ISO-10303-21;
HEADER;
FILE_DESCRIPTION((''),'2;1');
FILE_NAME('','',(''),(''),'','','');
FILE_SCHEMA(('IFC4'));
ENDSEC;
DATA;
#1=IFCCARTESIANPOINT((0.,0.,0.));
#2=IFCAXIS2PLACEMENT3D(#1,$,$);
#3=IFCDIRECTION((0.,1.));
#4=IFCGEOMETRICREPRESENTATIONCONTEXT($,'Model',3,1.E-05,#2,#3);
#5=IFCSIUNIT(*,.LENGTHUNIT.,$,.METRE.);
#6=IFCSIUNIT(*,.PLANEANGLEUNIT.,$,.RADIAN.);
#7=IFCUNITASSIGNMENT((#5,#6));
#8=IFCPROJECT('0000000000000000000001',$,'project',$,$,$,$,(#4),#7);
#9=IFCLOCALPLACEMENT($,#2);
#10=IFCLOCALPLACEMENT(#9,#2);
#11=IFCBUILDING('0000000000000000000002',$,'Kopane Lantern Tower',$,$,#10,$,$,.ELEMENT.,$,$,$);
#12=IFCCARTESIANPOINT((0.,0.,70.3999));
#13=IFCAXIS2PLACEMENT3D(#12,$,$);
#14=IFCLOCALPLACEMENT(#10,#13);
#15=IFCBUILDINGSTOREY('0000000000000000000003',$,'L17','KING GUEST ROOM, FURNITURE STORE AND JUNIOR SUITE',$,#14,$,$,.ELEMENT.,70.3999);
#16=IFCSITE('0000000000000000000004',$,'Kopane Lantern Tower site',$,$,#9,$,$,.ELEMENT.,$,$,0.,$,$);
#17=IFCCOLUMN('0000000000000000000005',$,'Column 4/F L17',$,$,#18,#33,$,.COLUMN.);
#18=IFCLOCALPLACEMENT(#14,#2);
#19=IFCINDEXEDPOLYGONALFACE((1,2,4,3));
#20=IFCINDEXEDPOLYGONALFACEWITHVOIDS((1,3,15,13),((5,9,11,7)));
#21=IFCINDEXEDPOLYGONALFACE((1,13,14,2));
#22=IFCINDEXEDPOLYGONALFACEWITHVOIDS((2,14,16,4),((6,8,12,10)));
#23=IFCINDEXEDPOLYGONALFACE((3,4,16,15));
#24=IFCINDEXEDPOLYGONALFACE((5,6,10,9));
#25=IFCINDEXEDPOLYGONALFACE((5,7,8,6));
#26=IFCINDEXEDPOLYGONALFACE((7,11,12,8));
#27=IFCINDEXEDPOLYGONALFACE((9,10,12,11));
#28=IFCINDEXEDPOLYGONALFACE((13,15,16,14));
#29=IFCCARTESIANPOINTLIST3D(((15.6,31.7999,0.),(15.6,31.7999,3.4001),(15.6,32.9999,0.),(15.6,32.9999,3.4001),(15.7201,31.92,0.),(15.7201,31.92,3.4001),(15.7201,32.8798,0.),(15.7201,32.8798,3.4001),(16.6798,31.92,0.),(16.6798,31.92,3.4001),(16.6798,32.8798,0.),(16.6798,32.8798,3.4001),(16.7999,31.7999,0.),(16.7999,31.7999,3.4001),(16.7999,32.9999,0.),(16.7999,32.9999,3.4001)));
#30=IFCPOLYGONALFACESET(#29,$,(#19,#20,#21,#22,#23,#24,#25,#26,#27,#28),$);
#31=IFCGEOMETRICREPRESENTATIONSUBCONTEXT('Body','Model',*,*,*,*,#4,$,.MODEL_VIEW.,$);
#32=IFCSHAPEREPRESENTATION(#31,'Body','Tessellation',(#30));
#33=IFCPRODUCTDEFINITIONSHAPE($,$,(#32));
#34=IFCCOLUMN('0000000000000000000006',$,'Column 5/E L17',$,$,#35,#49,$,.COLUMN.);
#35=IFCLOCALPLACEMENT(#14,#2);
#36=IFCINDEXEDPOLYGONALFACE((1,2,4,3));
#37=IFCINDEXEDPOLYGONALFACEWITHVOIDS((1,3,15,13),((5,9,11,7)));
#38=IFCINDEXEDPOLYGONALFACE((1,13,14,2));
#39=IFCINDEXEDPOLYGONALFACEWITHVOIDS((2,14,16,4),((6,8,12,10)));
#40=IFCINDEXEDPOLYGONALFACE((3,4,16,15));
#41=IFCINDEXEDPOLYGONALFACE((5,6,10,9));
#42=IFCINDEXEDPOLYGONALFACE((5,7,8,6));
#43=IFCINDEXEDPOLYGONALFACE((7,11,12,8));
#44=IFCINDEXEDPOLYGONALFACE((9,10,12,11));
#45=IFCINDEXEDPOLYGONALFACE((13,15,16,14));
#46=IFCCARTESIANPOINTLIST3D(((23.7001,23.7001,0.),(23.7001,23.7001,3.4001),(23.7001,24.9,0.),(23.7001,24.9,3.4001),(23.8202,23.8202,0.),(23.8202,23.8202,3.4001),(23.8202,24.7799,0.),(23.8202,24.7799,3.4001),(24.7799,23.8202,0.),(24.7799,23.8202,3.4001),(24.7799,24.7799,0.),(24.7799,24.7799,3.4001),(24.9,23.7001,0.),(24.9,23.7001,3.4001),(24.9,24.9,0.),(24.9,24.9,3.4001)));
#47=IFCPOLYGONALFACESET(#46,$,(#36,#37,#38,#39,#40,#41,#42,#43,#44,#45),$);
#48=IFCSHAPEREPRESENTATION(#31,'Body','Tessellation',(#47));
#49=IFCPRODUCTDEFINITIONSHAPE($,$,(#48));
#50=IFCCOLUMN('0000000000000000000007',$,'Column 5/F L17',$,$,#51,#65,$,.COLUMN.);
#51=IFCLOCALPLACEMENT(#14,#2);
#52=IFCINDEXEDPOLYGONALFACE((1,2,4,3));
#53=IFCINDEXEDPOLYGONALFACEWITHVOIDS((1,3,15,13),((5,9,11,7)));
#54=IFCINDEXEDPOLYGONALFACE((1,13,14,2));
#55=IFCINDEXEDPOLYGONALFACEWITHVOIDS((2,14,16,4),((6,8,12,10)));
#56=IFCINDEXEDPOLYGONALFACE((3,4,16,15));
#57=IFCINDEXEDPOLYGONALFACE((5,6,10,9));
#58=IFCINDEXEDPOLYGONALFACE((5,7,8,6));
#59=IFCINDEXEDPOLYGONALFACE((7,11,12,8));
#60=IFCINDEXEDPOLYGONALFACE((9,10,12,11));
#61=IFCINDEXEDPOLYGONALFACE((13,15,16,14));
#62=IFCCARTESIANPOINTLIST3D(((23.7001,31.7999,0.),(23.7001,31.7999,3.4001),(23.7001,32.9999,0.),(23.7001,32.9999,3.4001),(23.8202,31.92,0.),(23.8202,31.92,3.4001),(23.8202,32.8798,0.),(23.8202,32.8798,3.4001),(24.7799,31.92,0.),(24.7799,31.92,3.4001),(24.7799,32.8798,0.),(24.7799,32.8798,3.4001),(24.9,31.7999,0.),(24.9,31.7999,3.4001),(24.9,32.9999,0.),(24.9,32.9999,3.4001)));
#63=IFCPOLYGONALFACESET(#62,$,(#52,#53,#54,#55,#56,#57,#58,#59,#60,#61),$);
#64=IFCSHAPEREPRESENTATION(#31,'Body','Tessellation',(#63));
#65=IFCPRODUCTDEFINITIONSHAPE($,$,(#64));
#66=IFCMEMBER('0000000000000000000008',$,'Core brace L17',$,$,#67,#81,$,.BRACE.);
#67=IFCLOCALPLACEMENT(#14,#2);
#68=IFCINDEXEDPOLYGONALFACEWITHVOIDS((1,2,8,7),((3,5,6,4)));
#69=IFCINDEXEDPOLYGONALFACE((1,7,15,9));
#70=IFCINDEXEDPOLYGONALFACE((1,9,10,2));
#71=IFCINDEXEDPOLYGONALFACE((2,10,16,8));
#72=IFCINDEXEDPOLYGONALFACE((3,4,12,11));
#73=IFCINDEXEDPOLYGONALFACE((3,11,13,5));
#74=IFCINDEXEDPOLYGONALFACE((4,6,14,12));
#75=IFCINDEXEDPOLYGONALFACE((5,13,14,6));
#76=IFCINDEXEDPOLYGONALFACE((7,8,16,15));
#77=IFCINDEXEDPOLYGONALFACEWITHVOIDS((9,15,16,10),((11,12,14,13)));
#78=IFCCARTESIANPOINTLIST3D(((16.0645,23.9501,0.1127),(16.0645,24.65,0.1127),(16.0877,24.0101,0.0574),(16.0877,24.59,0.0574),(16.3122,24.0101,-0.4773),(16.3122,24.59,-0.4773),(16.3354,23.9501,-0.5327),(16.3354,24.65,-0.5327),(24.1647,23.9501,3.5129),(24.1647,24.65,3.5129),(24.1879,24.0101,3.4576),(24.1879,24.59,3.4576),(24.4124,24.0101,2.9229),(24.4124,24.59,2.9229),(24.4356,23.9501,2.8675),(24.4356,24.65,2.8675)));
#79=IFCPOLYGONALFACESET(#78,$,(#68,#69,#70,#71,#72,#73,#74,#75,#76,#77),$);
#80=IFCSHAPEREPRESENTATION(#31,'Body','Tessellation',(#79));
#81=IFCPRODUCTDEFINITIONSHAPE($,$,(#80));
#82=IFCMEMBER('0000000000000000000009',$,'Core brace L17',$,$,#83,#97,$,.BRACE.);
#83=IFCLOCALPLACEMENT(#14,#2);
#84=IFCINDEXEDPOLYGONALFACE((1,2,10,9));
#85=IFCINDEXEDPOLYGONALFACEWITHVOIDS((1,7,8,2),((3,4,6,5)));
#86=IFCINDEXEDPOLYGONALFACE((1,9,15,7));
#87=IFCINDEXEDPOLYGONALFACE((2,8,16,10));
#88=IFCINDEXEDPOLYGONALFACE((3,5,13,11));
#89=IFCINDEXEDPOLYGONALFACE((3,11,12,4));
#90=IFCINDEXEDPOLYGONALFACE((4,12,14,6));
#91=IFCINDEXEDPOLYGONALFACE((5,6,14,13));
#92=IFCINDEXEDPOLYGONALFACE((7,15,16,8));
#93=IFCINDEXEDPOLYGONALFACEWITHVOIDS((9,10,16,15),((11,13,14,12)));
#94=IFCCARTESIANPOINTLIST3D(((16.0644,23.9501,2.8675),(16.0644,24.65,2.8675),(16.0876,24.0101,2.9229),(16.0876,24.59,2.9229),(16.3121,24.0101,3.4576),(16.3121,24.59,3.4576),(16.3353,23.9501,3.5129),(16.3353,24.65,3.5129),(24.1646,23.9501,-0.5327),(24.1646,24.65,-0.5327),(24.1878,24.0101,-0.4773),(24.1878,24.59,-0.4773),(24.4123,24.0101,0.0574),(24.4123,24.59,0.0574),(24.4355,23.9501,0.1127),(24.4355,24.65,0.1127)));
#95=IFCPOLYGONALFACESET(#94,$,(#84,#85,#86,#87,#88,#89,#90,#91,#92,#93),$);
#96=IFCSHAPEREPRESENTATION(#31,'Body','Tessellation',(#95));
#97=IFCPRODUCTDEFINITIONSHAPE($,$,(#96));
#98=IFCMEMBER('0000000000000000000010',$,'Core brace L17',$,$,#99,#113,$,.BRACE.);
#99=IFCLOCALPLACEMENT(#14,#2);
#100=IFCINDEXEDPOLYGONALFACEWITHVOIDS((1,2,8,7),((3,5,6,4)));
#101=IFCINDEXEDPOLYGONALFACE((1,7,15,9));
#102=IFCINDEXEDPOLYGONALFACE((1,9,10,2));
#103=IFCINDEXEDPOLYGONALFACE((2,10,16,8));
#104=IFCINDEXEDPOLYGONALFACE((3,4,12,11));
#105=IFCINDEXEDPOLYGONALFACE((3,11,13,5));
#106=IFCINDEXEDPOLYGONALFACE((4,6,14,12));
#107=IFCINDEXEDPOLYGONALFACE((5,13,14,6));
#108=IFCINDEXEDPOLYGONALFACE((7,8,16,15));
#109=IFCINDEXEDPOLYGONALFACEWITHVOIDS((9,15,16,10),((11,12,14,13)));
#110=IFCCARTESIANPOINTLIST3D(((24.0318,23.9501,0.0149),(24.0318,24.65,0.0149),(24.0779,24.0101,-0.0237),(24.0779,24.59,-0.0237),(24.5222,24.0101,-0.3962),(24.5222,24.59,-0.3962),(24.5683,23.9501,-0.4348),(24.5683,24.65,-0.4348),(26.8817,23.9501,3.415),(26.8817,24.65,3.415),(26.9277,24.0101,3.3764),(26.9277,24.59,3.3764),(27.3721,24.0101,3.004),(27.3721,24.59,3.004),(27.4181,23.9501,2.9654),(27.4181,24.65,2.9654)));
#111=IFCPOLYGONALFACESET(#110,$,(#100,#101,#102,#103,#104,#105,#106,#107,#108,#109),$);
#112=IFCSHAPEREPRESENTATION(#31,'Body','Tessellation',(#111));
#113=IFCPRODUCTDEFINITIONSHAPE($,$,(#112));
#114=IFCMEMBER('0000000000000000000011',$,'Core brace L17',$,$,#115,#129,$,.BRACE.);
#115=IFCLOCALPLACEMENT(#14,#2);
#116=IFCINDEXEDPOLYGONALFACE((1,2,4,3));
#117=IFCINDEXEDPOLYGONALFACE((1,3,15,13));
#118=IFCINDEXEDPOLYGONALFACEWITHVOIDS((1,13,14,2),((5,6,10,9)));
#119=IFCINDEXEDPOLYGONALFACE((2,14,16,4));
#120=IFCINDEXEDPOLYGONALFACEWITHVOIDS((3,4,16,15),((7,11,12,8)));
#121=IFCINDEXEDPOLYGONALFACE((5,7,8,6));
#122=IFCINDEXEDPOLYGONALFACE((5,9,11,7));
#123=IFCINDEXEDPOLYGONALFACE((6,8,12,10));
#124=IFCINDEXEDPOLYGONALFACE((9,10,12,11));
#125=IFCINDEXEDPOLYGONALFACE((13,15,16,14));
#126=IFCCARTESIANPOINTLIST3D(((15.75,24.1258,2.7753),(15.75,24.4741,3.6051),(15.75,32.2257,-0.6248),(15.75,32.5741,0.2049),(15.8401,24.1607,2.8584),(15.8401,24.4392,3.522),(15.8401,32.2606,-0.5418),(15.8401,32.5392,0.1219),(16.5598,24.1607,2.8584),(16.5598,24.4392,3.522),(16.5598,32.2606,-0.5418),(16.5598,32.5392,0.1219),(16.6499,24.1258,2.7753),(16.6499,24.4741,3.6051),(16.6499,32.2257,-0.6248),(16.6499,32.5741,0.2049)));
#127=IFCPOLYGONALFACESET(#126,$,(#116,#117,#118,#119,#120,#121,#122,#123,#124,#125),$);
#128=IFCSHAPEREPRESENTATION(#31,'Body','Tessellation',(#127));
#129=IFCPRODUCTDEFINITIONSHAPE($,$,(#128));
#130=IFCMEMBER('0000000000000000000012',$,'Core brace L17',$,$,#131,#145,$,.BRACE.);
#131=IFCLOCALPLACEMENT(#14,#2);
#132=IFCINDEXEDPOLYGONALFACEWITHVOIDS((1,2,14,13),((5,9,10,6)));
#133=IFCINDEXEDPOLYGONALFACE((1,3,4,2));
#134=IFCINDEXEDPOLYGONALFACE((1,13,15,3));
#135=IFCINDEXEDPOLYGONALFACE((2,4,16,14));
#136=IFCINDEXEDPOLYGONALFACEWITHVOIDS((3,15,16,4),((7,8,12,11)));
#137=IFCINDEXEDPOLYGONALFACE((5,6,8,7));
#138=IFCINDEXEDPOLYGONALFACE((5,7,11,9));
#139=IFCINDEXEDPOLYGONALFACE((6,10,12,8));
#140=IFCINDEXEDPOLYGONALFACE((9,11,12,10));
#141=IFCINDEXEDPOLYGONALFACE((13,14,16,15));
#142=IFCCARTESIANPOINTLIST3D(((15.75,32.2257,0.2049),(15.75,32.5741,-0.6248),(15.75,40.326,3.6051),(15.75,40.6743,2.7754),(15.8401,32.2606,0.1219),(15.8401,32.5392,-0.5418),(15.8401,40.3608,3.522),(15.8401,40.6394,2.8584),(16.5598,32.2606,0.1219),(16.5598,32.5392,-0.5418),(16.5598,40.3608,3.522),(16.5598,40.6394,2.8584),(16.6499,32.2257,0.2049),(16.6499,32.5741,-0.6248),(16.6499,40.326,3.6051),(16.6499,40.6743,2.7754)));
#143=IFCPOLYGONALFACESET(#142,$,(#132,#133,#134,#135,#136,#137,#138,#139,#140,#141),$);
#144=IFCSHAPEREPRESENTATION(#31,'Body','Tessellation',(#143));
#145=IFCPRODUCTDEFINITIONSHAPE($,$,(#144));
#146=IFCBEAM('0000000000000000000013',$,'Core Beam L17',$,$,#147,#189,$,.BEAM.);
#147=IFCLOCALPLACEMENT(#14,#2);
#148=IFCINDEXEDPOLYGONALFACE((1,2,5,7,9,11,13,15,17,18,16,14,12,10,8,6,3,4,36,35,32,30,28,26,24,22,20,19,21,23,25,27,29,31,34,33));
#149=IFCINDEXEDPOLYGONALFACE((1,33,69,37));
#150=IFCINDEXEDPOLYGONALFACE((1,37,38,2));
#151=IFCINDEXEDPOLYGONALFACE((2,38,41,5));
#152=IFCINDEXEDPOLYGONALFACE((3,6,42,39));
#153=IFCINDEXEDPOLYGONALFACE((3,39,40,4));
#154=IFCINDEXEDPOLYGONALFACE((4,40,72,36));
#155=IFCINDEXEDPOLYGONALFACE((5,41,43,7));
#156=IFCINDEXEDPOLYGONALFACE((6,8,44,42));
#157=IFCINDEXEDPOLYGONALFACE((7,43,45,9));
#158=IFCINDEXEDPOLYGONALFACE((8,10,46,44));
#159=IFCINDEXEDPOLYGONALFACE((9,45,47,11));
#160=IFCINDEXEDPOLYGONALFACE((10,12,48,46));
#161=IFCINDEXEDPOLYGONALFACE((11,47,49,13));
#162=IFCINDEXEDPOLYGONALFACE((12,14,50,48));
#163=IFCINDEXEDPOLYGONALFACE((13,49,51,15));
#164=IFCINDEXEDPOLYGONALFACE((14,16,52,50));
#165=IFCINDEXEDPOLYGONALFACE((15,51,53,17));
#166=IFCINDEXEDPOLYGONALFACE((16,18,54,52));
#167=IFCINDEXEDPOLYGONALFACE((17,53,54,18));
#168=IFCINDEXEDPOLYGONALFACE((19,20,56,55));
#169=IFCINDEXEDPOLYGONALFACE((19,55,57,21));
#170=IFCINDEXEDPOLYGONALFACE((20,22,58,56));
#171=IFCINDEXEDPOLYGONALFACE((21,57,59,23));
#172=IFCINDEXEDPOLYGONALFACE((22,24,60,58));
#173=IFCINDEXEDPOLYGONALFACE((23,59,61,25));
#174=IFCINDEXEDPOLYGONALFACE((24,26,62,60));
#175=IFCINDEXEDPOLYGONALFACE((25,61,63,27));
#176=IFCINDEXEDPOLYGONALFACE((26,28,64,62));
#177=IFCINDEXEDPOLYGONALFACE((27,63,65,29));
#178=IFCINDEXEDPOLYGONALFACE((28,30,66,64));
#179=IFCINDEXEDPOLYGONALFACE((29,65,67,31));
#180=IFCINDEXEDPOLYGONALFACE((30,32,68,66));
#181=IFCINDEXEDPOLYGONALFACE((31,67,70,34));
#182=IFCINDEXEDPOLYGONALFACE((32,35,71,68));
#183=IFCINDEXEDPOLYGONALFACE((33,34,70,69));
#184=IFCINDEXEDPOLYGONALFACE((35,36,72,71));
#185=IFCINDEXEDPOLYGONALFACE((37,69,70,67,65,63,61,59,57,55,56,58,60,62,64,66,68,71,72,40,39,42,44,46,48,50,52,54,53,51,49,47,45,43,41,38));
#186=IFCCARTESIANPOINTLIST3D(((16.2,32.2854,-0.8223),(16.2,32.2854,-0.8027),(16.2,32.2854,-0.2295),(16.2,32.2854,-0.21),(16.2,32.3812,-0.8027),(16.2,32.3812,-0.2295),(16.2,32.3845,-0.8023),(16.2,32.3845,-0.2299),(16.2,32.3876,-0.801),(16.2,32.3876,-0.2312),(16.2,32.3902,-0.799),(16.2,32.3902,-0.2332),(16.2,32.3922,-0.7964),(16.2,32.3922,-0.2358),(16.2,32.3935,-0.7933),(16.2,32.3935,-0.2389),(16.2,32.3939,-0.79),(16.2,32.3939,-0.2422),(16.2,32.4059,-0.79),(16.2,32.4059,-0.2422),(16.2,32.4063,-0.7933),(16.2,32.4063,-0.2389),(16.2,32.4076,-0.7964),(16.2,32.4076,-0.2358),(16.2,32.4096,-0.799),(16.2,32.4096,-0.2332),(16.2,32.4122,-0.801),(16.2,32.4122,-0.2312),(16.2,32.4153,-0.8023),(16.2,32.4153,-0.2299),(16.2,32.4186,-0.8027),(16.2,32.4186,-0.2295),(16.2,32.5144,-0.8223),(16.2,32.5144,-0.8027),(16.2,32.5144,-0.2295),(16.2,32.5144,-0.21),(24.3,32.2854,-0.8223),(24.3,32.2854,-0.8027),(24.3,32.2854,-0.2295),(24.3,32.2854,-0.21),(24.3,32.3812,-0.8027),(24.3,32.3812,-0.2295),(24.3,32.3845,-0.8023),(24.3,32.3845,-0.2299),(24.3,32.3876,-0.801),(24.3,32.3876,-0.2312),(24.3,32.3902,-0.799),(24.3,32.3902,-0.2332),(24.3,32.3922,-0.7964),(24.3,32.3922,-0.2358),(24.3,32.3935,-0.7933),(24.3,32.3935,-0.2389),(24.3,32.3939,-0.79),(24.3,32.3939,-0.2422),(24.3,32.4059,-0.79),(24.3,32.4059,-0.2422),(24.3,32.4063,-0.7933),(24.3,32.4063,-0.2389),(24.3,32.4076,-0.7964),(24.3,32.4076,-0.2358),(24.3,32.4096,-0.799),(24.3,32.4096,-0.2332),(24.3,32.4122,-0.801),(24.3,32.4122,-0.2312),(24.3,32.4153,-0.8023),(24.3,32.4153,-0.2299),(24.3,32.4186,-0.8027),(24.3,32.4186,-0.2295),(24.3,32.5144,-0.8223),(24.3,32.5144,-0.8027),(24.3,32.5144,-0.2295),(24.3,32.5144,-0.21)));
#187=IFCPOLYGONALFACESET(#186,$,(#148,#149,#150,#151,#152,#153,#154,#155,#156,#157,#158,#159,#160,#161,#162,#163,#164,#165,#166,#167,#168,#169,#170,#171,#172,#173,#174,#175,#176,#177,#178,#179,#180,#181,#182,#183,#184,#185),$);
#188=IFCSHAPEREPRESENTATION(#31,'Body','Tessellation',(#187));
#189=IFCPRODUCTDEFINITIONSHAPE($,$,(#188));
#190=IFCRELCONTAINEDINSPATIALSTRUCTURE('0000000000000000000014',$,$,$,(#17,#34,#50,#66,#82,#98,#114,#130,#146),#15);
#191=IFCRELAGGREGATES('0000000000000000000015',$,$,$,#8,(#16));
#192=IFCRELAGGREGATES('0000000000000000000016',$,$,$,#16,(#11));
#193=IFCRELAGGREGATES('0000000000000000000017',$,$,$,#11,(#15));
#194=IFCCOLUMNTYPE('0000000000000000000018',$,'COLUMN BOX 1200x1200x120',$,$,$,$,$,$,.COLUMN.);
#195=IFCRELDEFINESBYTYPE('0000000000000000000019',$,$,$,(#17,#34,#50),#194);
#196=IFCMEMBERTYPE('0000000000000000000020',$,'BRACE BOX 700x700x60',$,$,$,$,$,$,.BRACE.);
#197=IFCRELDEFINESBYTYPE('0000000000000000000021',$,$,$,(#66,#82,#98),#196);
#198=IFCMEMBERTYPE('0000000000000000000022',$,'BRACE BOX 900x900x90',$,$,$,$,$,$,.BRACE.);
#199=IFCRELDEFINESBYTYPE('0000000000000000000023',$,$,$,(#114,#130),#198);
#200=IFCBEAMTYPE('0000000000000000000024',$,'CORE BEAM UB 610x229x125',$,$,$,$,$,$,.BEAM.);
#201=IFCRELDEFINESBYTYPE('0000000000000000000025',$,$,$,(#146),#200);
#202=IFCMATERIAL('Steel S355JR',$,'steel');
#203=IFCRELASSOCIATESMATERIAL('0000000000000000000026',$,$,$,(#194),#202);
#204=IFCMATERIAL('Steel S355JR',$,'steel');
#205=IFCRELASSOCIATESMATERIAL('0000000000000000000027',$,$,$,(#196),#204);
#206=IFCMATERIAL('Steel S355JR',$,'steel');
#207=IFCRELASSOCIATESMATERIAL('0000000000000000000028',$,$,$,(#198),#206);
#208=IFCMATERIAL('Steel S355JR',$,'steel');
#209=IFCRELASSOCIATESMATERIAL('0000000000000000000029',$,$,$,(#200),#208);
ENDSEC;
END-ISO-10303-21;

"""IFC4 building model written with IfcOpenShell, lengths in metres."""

from ifc_helpers import new_model, si_unit, direction, frame, origin, origin_2d, place, context, subcontext, project, spatial, hollow_rectangle, i_section, extrude, material, material_profile, profile_set, type_object, element, save


model = new_model("IFC4")

# Units and contexts
model_context = context("Model", 3, precision=1e-05, world=origin(), true_north=direction((0.0, 1.0)))
body_context = subcontext(model_context, "Body", "Model", "MODEL_VIEW")
ifc_project = project(units=[si_unit("LENGTHUNIT", "METRE"), si_unit("PLANEANGLEUNIT", "RADIAN")], contexts=[model_context])

# Site, building, storey
site_placement = place(None, origin())
site = spatial("IfcSite", under=ifc_project, at=site_placement, Name="Kopane Lantern Tower site", CompositionType="ELEMENT", RefElevation=0.0)
building_placement = place(site_placement, origin())
building = spatial("IfcBuilding", under=site, at=building_placement, Name="Kopane Lantern Tower", CompositionType="ELEMENT")
storey_placement = place(building_placement, frame((0.0, 0.0, 70.3999)))
storey = spatial("IfcBuildingStorey", under=building, at=storey_placement, Name="L17", Description="KING GUEST ROOM, FURNITURE STORE AND JUNIOR SUITE", CompositionType="ELEMENT", Elevation=70.3999)

# Columns
ifc_material_1 = material(Name="Steel S355JR", Category="steel")
ifc_material_profile_1 = material_profile(ifc_material_1, hollow_rectangle(XDim=1.2, YDim=1.2, WallThickness=0.1201, at=origin_2d()), Name="BOX 1200x1200x120")
ifc_profile_set_1 = profile_set([ifc_material_profile_1], Name="Steel S355JR")
column_type = type_object("IfcColumnType", Name="COLUMN BOX 1200x1200x120", PredefinedType="COLUMN", material=ifc_profile_set_1)
for number, where, z_axis, x_axis, name in (
    (1, (16.2, 32.3999, 0.0), (0.0, 0.0, 1.0), (1.0, 0.0, 0.0), "Column 4/F L17"),
    (2, (24.3, 24.3, 0.0), (0.0, 0.0, 1.0), (1.0, 0.0, 0.0), "Column 5/E L17"),
    (3, (24.3, 32.3999, 0.0), (0.0, 0.0, 1.0), (1.0, 0.0, 0.0), "Column 5/F L17"),
):
    element("IfcColumn", number, at=place(storey_placement, frame(where, z_axis=z_axis, x_axis=x_axis)), inside=storey, type_object=column_type, Name=name, PredefinedType="COLUMN", context=body_context, shape_type="SweptSolid", body=[
        extrude(hollow_rectangle(XDim=1.2, YDim=1.2, WallThickness=0.1201, at=origin_2d()), origin(), (0.0, 0.0, 1.0), 3.4001),
    ])

# Members
ifc_material_2 = material(Name="Steel S355JR", Category="steel")
ifc_material_profile_2 = material_profile(ifc_material_2, hollow_rectangle(XDim=0.7, YDim=0.7, WallThickness=0.0601, at=origin_2d()), Name="BOX 700x700x60")
ifc_profile_set_2 = profile_set([ifc_material_profile_2], Name="Steel S355JR")
member_type_1 = type_object("IfcMemberType", Name="BRACE BOX 700x700x60", PredefinedType="BRACE", material=ifc_profile_set_2)
for number, where, z_axis, x_axis, name in (
    (4, (16.2, 24.3, -0.21), (0.922059, 0.0, 0.387049), (0.0, 1.0, 0.0), "Core brace L17"),
    (5, (24.3, 24.3, -0.21), (-0.922059, 0.0, 0.387049), (0.0, -1.0, 0.0), "Core brace L17"),
):
    element("IfcMember", number, at=place(storey_placement, frame(where, z_axis=z_axis, x_axis=x_axis)), inside=storey, type_object=member_type_1, Name=name, PredefinedType="BRACE", context=body_context, shape_type="SweptSolid", body=[
        extrude(hollow_rectangle(XDim=0.7, YDim=0.7, WallThickness=0.0601, at=origin_2d()), origin(), (0.0, 0.0, 1.0), 8.7849),
    ])
member_1_placement = place(storey_placement, frame((24.3, 24.3, -0.21), z_axis=(0.642363, 0.0, 0.7664), x_axis=(0.0, 1.0, 0.0)))
element("IfcMember", 6, at=member_1_placement, inside=storey, type_object=member_type_1, Name="Core brace L17", PredefinedType="BRACE", context=body_context, shape_type="SweptSolid", body=[
    extrude(hollow_rectangle(XDim=0.7, YDim=0.7, WallThickness=0.0601, at=origin_2d()), origin(), (0.0, 0.0, 1.0), 4.4365),
])
ifc_material_3 = material(Name="Steel S355JR", Category="steel")
ifc_material_profile_3 = material_profile(ifc_material_3, hollow_rectangle(XDim=0.8999, YDim=0.8999, WallThickness=0.0901, at=origin_2d()), Name="BOX 900x900x90")
ifc_profile_set_3 = profile_set([ifc_material_profile_3], Name="Steel S355JR")
member_type_2 = type_object("IfcMemberType", Name="BRACE BOX 900x900x90", PredefinedType="BRACE", material=ifc_profile_set_3)
member_2_placement = place(storey_placement, frame((16.2, 32.3999, -0.21), z_axis=(0.0, -0.922055, 0.387059), x_axis=(1.0, 0.0, 0.0)))
element("IfcMember", 7, at=member_2_placement, inside=storey, type_object=member_type_2, Name="Core brace L17", PredefinedType="BRACE", context=body_context, shape_type="SweptSolid", body=[
    extrude(hollow_rectangle(XDim=0.8999, YDim=0.8999, WallThickness=0.0901, at=origin_2d()), origin(), (0.0, 0.0, 1.0), 8.7847),
])
member_3_placement = place(storey_placement, frame((16.2, 32.3999, -0.21), z_axis=(0.0, 0.922059, 0.387049), x_axis=(-1.0, 0.0, 0.0)))
element("IfcMember", 8, at=member_3_placement, inside=storey, type_object=member_type_2, Name="Core brace L17", PredefinedType="BRACE", context=body_context, shape_type="SweptSolid", body=[
    extrude(hollow_rectangle(XDim=0.8999, YDim=0.8999, WallThickness=0.0901, at=origin_2d()), origin(), (0.0, 0.0, 1.0), 8.7849),
])

# Beam
ifc_material_4 = material(Name="Steel S355JR", Category="steel")
ifc_material_profile_4 = material_profile(ifc_material_4, i_section(OverallWidth=0.229, OverallDepth=0.6123, WebThickness=0.012, FlangeThickness=0.0195, FilletRadius=0.0127, at=origin_2d()), Name="UB 610x229x125")
ifc_profile_set_4 = profile_set([ifc_material_profile_4], Name="Steel S355JR")
beam_type_1 = type_object("IfcBeamType", Name="CORE BEAM UB 610x229x125", PredefinedType="BEAM", material=ifc_profile_set_4)
beam_1_placement = place(storey_placement, frame((16.2, 32.3999, -0.5161), z_axis=(1.0, 0.0, 0.0), x_axis=(0.0, 1.0, 0.0)))
element("IfcBeam", 9, at=beam_1_placement, inside=storey, type_object=beam_type_1, Name="Core Beam L17", PredefinedType="BEAM", context=body_context, shape_type="SweptSolid", body=[
    extrude(i_section(OverallWidth=0.229, OverallDepth=0.6123, WebThickness=0.012, FlangeThickness=0.0195, FilletRadius=0.0127, at=origin_2d()), origin(), (0.0, 0.0, 1.0), 8.1001),
])

save(model, "model.ifc")
